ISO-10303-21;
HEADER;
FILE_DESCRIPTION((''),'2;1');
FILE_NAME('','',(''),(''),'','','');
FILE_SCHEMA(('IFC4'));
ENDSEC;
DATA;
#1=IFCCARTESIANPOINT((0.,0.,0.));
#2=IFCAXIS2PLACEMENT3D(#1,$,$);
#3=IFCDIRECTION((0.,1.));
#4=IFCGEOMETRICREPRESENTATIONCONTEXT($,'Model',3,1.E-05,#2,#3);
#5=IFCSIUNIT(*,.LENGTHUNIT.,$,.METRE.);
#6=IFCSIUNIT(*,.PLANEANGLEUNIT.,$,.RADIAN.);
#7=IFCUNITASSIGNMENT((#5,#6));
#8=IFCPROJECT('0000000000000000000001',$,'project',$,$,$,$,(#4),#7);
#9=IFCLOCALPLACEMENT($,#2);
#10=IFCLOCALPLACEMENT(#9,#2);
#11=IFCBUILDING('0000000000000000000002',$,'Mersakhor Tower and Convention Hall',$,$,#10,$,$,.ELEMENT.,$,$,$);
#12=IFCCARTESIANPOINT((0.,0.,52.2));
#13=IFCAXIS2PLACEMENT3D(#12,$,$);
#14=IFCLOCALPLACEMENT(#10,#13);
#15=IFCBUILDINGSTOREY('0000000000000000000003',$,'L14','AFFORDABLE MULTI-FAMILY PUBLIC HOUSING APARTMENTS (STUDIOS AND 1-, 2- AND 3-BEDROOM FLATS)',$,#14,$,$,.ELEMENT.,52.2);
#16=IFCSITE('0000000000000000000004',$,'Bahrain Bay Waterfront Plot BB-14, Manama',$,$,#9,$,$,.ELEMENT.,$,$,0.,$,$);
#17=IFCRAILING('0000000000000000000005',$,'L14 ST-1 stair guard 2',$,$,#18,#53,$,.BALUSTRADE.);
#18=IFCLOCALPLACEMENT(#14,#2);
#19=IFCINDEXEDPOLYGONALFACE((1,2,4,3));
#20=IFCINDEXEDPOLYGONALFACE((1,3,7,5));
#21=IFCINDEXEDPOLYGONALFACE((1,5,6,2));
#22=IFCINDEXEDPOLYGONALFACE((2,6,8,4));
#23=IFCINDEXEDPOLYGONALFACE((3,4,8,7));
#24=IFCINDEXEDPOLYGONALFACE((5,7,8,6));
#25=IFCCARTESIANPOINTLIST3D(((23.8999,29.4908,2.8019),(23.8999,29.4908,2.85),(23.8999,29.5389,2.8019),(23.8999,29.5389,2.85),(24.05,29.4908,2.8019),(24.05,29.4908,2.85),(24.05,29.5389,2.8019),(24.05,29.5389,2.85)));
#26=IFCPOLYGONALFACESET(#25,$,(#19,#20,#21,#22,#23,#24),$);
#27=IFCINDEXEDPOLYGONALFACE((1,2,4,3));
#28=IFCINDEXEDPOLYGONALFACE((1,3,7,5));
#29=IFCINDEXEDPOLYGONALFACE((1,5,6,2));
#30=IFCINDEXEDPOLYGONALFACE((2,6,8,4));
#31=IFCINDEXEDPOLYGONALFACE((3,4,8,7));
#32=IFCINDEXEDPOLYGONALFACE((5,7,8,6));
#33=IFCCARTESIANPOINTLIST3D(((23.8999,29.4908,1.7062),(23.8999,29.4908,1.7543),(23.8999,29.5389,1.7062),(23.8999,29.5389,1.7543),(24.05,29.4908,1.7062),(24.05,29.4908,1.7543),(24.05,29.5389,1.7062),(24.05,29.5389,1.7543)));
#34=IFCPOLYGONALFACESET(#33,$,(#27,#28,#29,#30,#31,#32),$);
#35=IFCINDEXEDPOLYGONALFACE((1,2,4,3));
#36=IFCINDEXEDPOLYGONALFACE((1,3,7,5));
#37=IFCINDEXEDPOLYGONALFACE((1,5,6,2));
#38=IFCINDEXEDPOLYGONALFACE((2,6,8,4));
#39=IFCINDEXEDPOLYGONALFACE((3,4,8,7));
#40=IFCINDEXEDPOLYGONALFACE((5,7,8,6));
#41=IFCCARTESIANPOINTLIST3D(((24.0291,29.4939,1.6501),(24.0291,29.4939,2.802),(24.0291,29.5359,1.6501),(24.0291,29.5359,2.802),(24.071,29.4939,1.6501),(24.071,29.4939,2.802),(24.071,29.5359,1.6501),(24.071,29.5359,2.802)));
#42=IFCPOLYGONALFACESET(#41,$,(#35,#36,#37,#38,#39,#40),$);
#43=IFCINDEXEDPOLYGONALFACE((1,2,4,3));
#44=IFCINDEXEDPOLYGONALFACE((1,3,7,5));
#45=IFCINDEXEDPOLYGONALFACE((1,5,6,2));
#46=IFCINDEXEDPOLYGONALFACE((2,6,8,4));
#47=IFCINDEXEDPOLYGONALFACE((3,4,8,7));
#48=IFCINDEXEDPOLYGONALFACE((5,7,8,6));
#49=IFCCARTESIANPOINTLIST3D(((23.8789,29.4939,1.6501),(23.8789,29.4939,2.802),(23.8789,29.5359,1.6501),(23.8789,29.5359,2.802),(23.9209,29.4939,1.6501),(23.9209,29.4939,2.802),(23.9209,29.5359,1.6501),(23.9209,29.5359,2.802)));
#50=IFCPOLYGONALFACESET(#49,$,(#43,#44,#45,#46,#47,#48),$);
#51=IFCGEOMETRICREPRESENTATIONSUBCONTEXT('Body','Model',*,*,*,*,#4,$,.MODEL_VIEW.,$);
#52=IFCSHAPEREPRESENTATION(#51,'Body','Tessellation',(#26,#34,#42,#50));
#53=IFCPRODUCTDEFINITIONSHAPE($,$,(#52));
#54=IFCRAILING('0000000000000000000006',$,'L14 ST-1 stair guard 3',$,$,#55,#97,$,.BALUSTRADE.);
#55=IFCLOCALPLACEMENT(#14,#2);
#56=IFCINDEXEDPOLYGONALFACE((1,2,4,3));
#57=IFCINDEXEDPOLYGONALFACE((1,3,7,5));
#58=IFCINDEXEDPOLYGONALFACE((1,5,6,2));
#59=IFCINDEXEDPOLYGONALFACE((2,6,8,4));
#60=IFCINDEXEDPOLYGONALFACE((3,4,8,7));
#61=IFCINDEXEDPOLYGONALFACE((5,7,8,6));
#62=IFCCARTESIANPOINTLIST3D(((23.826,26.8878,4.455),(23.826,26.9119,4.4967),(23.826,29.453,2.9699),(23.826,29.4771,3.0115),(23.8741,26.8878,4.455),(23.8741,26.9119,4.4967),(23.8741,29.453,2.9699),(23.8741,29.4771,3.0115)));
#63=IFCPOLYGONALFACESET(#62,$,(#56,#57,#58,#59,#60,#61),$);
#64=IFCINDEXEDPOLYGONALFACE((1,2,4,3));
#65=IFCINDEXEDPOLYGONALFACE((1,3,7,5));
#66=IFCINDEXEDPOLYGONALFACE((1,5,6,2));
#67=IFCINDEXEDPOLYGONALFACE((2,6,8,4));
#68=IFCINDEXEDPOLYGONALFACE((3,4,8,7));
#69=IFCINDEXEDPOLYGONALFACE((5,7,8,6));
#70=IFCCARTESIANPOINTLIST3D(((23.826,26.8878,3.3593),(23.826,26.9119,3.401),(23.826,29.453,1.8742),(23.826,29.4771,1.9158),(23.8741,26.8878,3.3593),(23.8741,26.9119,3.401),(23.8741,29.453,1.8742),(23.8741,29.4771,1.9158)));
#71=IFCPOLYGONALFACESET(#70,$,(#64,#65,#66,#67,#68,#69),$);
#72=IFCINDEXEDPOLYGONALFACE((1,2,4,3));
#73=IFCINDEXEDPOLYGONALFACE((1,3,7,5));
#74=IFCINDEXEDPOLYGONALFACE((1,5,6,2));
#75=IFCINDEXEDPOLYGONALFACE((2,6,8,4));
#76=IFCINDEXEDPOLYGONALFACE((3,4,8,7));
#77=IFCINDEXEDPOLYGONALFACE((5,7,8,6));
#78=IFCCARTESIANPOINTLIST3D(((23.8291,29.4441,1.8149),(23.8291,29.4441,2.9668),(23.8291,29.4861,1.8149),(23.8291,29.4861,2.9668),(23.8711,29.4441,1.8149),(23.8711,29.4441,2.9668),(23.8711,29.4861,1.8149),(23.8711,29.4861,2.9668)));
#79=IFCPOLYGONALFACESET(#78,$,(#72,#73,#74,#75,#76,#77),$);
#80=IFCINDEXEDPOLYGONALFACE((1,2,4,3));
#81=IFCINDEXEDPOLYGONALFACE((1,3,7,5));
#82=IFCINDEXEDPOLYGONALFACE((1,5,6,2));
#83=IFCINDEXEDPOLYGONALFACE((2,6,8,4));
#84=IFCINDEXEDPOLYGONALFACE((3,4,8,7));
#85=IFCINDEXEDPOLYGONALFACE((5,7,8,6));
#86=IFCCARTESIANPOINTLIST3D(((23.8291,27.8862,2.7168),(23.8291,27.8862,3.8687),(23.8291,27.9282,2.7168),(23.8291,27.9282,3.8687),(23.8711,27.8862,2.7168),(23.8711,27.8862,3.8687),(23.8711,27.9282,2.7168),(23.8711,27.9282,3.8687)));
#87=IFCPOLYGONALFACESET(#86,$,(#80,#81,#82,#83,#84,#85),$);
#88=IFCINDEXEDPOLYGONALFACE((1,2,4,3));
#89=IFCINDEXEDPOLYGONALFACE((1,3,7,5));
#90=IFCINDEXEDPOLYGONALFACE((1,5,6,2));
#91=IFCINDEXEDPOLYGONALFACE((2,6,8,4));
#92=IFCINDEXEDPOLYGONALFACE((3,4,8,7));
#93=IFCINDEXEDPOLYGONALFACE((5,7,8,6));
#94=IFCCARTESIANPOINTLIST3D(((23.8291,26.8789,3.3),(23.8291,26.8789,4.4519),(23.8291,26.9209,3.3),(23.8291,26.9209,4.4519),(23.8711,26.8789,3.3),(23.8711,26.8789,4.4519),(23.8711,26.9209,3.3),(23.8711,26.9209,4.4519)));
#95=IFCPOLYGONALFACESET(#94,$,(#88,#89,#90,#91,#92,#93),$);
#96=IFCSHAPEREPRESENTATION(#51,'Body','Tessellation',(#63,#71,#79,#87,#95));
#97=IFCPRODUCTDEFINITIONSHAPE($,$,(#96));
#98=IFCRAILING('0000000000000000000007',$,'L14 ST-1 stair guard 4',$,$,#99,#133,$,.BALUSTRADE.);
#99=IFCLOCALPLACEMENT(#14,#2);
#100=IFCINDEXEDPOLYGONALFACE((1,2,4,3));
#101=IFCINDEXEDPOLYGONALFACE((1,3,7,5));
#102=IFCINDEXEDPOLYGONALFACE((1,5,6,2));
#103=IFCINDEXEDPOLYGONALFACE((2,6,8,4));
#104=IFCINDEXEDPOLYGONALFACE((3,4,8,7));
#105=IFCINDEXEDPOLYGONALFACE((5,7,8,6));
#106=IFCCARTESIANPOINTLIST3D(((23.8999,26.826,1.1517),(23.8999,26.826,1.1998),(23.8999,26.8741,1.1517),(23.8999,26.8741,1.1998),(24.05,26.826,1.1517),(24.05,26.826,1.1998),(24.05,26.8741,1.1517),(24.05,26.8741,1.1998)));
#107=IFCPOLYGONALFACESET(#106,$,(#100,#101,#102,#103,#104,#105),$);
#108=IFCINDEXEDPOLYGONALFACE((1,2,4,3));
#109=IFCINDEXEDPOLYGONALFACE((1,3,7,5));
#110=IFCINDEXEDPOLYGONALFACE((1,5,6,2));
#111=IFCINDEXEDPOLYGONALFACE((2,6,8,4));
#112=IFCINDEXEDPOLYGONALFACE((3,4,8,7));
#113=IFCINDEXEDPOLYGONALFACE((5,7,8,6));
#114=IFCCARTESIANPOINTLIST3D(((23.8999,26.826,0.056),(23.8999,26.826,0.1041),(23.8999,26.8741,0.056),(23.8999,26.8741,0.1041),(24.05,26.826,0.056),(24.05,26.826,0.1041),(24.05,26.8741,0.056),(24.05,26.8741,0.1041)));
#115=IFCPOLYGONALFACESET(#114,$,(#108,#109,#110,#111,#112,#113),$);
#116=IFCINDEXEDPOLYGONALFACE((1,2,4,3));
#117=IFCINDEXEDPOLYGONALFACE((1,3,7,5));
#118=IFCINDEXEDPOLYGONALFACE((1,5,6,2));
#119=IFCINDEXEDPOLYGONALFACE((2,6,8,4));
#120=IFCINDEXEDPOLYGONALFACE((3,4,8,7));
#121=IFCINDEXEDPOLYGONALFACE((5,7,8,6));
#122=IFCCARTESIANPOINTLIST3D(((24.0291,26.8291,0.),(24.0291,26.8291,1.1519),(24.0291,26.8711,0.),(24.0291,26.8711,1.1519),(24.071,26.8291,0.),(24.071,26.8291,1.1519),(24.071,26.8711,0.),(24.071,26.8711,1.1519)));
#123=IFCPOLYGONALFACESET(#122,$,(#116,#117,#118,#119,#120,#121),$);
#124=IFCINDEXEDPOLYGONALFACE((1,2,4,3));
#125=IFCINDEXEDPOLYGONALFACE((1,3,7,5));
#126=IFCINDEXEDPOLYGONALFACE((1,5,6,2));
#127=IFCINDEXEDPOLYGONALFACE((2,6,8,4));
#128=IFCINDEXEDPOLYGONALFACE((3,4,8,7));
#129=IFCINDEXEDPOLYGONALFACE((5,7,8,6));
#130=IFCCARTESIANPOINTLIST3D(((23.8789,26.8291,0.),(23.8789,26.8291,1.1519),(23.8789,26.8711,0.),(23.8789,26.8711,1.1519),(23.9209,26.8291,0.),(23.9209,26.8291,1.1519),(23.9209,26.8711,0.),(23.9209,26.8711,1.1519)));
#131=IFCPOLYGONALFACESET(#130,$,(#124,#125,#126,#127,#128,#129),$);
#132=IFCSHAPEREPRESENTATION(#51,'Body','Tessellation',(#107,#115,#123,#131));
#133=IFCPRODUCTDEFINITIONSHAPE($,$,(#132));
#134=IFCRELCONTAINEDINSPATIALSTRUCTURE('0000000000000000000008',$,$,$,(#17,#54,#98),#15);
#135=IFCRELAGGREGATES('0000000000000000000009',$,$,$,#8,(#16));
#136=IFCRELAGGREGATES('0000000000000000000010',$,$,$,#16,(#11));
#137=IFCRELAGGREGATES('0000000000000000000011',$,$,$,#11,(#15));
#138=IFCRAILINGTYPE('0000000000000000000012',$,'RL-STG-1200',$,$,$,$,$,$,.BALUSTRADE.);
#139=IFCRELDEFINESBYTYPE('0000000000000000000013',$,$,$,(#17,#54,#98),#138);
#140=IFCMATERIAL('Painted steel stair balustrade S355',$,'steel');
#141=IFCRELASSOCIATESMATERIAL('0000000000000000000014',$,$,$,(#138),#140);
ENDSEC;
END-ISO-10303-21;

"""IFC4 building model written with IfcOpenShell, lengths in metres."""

from ifc_helpers import new_model, si_unit, direction, frame, origin, origin_2d, place, context, subcontext, project, spatial, rectangle, extrude, material, type_object, element, save


model = new_model("IFC4")

# Units and contexts
model_context = context("Model", 3, precision=1e-05, world=origin(), true_north=direction((0.0, 1.0)))
body_context = subcontext(model_context, "Body", "Model", "MODEL_VIEW")
ifc_project = project(units=[si_unit("LENGTHUNIT", "METRE"), si_unit("PLANEANGLEUNIT", "RADIAN")], contexts=[model_context])

# Site, building, storey
site_placement = place(None, origin())
site = spatial("IfcSite", under=ifc_project, at=site_placement, Name="Bahrain Bay Waterfront Plot BB-14, Manama", CompositionType="ELEMENT", RefElevation=0.0)
building_placement = place(site_placement, origin())
building = spatial("IfcBuilding", under=site, at=building_placement, Name="Mersakhor Tower and Convention Hall", CompositionType="ELEMENT")
storey_placement = place(building_placement, frame((0.0, 0.0, 52.2)))
storey = spatial("IfcBuildingStorey", under=building, at=storey_placement, Name="L14", Description="AFFORDABLE MULTI-FAMILY PUBLIC HOUSING APARTMENTS (STUDIOS AND 1-, 2- AND 3-BEDROOM FLATS)", CompositionType="ELEMENT", Elevation=52.2)

# Railings
ifc_material_1 = material(Name="Painted steel stair balustrade S355", Category="steel")
railing_type_1 = type_object("IfcRailingType", Name="RL-STG-1200", PredefinedType="BALUSTRADE", material=ifc_material_1)
railing_1_placement = place(storey_placement, frame((24.05, 29.5149, 1.6501)))
element("IfcRailing", 1, at=railing_1_placement, inside=storey, type_object=railing_type_1, Name="L14 ST-1 stair guard 2", PredefinedType="BALUSTRADE", context=body_context, shape_type="SweptSolid", body=[
    extrude(rectangle(XDim=0.0481, YDim=0.0481, at=origin_2d()), frame((0.0, 0.0, 1.1758), z_axis=(-1.0, 0.0, 0.0), x_axis=(0.0, -1.0, 0.0)), (0.0, 0.0, 1.0), 0.1501),
    extrude(rectangle(XDim=0.0481, YDim=0.0481, at=origin_2d()), frame((0.0, 0.0, 0.0801), z_axis=(-1.0, 0.0, 0.0), x_axis=(0.0, -1.0, 0.0)), (0.0, 0.0, 1.0), 0.1501),
    extrude(rectangle(XDim=0.042, YDim=0.042, at=origin_2d()), origin(), (0.0, 0.0, 1.0), 1.1519),
    extrude(rectangle(XDim=0.042, YDim=0.042, at=origin_2d()), frame((-0.1501, 0.0, 0.0)), (0.0, 0.0, 1.0), 1.1519),
])
railing_2_placement = place(storey_placement, frame((23.8501, 29.4651, 1.8149)))
element("IfcRailing", 2, at=railing_2_placement, inside=storey, type_object=railing_type_1, Name="L14 ST-1 stair guard 3", PredefinedType="BALUSTRADE", context=body_context, shape_type="SweptSolid", body=[
    extrude(rectangle(XDim=0.0481, YDim=0.0481, at=origin_2d()), frame((0.0, 0.0, 1.1758), z_axis=(0.0, -0.865426, 0.501036), x_axis=(1.0, 0.0, 0.0)), (0.0, 0.0, 1.0), 2.9641),
    extrude(rectangle(XDim=0.0481, YDim=0.0481, at=origin_2d()), frame((0.0, 0.0, 0.0801), z_axis=(0.0, -0.865426, 0.501036), x_axis=(1.0, 0.0, 0.0)), (0.0, 0.0, 1.0), 2.9641),
    extrude(rectangle(XDim=0.042, YDim=0.042, at=origin_2d()), origin(), (0.0, 0.0, 1.0), 1.1519),
    extrude(rectangle(XDim=0.042, YDim=0.042, at=origin_2d()), frame((0.0, -1.5579, 0.9019)), (0.0, 0.0, 1.0), 1.1519),
    extrude(rectangle(XDim=0.042, YDim=0.042, at=origin_2d()), frame((0.0, -2.5652, 1.4851)), (0.0, 0.0, 1.0), 1.1519),
])
railing_3_placement = place(storey_placement, frame((24.05, 26.8501, 0.0)))
element("IfcRailing", 3, at=railing_3_placement, inside=storey, type_object=railing_type_1, Name="L14 ST-1 stair guard 4", PredefinedType="BALUSTRADE", context=body_context, shape_type="SweptSolid", body=[
    extrude(rectangle(XDim=0.0481, YDim=0.0481, at=origin_2d()), frame((0.0, 0.0, 1.1758), z_axis=(-1.0, 0.0, 0.0), x_axis=(0.0, -1.0, 0.0)), (0.0, 0.0, 1.0), 0.1501),
    extrude(rectangle(XDim=0.0481, YDim=0.0481, at=origin_2d()), frame((0.0, 0.0, 0.0801), z_axis=(-1.0, 0.0, 0.0), x_axis=(0.0, -1.0, 0.0)), (0.0, 0.0, 1.0), 0.1501),
    extrude(rectangle(XDim=0.042, YDim=0.042, at=origin_2d()), origin(), (0.0, 0.0, 1.0), 1.1519),
    extrude(rectangle(XDim=0.042, YDim=0.042, at=origin_2d()), frame((-0.1501, 0.0, 0.0)), (0.0, 0.0, 1.0), 1.1519),
])

save(model, "model.ifc")
